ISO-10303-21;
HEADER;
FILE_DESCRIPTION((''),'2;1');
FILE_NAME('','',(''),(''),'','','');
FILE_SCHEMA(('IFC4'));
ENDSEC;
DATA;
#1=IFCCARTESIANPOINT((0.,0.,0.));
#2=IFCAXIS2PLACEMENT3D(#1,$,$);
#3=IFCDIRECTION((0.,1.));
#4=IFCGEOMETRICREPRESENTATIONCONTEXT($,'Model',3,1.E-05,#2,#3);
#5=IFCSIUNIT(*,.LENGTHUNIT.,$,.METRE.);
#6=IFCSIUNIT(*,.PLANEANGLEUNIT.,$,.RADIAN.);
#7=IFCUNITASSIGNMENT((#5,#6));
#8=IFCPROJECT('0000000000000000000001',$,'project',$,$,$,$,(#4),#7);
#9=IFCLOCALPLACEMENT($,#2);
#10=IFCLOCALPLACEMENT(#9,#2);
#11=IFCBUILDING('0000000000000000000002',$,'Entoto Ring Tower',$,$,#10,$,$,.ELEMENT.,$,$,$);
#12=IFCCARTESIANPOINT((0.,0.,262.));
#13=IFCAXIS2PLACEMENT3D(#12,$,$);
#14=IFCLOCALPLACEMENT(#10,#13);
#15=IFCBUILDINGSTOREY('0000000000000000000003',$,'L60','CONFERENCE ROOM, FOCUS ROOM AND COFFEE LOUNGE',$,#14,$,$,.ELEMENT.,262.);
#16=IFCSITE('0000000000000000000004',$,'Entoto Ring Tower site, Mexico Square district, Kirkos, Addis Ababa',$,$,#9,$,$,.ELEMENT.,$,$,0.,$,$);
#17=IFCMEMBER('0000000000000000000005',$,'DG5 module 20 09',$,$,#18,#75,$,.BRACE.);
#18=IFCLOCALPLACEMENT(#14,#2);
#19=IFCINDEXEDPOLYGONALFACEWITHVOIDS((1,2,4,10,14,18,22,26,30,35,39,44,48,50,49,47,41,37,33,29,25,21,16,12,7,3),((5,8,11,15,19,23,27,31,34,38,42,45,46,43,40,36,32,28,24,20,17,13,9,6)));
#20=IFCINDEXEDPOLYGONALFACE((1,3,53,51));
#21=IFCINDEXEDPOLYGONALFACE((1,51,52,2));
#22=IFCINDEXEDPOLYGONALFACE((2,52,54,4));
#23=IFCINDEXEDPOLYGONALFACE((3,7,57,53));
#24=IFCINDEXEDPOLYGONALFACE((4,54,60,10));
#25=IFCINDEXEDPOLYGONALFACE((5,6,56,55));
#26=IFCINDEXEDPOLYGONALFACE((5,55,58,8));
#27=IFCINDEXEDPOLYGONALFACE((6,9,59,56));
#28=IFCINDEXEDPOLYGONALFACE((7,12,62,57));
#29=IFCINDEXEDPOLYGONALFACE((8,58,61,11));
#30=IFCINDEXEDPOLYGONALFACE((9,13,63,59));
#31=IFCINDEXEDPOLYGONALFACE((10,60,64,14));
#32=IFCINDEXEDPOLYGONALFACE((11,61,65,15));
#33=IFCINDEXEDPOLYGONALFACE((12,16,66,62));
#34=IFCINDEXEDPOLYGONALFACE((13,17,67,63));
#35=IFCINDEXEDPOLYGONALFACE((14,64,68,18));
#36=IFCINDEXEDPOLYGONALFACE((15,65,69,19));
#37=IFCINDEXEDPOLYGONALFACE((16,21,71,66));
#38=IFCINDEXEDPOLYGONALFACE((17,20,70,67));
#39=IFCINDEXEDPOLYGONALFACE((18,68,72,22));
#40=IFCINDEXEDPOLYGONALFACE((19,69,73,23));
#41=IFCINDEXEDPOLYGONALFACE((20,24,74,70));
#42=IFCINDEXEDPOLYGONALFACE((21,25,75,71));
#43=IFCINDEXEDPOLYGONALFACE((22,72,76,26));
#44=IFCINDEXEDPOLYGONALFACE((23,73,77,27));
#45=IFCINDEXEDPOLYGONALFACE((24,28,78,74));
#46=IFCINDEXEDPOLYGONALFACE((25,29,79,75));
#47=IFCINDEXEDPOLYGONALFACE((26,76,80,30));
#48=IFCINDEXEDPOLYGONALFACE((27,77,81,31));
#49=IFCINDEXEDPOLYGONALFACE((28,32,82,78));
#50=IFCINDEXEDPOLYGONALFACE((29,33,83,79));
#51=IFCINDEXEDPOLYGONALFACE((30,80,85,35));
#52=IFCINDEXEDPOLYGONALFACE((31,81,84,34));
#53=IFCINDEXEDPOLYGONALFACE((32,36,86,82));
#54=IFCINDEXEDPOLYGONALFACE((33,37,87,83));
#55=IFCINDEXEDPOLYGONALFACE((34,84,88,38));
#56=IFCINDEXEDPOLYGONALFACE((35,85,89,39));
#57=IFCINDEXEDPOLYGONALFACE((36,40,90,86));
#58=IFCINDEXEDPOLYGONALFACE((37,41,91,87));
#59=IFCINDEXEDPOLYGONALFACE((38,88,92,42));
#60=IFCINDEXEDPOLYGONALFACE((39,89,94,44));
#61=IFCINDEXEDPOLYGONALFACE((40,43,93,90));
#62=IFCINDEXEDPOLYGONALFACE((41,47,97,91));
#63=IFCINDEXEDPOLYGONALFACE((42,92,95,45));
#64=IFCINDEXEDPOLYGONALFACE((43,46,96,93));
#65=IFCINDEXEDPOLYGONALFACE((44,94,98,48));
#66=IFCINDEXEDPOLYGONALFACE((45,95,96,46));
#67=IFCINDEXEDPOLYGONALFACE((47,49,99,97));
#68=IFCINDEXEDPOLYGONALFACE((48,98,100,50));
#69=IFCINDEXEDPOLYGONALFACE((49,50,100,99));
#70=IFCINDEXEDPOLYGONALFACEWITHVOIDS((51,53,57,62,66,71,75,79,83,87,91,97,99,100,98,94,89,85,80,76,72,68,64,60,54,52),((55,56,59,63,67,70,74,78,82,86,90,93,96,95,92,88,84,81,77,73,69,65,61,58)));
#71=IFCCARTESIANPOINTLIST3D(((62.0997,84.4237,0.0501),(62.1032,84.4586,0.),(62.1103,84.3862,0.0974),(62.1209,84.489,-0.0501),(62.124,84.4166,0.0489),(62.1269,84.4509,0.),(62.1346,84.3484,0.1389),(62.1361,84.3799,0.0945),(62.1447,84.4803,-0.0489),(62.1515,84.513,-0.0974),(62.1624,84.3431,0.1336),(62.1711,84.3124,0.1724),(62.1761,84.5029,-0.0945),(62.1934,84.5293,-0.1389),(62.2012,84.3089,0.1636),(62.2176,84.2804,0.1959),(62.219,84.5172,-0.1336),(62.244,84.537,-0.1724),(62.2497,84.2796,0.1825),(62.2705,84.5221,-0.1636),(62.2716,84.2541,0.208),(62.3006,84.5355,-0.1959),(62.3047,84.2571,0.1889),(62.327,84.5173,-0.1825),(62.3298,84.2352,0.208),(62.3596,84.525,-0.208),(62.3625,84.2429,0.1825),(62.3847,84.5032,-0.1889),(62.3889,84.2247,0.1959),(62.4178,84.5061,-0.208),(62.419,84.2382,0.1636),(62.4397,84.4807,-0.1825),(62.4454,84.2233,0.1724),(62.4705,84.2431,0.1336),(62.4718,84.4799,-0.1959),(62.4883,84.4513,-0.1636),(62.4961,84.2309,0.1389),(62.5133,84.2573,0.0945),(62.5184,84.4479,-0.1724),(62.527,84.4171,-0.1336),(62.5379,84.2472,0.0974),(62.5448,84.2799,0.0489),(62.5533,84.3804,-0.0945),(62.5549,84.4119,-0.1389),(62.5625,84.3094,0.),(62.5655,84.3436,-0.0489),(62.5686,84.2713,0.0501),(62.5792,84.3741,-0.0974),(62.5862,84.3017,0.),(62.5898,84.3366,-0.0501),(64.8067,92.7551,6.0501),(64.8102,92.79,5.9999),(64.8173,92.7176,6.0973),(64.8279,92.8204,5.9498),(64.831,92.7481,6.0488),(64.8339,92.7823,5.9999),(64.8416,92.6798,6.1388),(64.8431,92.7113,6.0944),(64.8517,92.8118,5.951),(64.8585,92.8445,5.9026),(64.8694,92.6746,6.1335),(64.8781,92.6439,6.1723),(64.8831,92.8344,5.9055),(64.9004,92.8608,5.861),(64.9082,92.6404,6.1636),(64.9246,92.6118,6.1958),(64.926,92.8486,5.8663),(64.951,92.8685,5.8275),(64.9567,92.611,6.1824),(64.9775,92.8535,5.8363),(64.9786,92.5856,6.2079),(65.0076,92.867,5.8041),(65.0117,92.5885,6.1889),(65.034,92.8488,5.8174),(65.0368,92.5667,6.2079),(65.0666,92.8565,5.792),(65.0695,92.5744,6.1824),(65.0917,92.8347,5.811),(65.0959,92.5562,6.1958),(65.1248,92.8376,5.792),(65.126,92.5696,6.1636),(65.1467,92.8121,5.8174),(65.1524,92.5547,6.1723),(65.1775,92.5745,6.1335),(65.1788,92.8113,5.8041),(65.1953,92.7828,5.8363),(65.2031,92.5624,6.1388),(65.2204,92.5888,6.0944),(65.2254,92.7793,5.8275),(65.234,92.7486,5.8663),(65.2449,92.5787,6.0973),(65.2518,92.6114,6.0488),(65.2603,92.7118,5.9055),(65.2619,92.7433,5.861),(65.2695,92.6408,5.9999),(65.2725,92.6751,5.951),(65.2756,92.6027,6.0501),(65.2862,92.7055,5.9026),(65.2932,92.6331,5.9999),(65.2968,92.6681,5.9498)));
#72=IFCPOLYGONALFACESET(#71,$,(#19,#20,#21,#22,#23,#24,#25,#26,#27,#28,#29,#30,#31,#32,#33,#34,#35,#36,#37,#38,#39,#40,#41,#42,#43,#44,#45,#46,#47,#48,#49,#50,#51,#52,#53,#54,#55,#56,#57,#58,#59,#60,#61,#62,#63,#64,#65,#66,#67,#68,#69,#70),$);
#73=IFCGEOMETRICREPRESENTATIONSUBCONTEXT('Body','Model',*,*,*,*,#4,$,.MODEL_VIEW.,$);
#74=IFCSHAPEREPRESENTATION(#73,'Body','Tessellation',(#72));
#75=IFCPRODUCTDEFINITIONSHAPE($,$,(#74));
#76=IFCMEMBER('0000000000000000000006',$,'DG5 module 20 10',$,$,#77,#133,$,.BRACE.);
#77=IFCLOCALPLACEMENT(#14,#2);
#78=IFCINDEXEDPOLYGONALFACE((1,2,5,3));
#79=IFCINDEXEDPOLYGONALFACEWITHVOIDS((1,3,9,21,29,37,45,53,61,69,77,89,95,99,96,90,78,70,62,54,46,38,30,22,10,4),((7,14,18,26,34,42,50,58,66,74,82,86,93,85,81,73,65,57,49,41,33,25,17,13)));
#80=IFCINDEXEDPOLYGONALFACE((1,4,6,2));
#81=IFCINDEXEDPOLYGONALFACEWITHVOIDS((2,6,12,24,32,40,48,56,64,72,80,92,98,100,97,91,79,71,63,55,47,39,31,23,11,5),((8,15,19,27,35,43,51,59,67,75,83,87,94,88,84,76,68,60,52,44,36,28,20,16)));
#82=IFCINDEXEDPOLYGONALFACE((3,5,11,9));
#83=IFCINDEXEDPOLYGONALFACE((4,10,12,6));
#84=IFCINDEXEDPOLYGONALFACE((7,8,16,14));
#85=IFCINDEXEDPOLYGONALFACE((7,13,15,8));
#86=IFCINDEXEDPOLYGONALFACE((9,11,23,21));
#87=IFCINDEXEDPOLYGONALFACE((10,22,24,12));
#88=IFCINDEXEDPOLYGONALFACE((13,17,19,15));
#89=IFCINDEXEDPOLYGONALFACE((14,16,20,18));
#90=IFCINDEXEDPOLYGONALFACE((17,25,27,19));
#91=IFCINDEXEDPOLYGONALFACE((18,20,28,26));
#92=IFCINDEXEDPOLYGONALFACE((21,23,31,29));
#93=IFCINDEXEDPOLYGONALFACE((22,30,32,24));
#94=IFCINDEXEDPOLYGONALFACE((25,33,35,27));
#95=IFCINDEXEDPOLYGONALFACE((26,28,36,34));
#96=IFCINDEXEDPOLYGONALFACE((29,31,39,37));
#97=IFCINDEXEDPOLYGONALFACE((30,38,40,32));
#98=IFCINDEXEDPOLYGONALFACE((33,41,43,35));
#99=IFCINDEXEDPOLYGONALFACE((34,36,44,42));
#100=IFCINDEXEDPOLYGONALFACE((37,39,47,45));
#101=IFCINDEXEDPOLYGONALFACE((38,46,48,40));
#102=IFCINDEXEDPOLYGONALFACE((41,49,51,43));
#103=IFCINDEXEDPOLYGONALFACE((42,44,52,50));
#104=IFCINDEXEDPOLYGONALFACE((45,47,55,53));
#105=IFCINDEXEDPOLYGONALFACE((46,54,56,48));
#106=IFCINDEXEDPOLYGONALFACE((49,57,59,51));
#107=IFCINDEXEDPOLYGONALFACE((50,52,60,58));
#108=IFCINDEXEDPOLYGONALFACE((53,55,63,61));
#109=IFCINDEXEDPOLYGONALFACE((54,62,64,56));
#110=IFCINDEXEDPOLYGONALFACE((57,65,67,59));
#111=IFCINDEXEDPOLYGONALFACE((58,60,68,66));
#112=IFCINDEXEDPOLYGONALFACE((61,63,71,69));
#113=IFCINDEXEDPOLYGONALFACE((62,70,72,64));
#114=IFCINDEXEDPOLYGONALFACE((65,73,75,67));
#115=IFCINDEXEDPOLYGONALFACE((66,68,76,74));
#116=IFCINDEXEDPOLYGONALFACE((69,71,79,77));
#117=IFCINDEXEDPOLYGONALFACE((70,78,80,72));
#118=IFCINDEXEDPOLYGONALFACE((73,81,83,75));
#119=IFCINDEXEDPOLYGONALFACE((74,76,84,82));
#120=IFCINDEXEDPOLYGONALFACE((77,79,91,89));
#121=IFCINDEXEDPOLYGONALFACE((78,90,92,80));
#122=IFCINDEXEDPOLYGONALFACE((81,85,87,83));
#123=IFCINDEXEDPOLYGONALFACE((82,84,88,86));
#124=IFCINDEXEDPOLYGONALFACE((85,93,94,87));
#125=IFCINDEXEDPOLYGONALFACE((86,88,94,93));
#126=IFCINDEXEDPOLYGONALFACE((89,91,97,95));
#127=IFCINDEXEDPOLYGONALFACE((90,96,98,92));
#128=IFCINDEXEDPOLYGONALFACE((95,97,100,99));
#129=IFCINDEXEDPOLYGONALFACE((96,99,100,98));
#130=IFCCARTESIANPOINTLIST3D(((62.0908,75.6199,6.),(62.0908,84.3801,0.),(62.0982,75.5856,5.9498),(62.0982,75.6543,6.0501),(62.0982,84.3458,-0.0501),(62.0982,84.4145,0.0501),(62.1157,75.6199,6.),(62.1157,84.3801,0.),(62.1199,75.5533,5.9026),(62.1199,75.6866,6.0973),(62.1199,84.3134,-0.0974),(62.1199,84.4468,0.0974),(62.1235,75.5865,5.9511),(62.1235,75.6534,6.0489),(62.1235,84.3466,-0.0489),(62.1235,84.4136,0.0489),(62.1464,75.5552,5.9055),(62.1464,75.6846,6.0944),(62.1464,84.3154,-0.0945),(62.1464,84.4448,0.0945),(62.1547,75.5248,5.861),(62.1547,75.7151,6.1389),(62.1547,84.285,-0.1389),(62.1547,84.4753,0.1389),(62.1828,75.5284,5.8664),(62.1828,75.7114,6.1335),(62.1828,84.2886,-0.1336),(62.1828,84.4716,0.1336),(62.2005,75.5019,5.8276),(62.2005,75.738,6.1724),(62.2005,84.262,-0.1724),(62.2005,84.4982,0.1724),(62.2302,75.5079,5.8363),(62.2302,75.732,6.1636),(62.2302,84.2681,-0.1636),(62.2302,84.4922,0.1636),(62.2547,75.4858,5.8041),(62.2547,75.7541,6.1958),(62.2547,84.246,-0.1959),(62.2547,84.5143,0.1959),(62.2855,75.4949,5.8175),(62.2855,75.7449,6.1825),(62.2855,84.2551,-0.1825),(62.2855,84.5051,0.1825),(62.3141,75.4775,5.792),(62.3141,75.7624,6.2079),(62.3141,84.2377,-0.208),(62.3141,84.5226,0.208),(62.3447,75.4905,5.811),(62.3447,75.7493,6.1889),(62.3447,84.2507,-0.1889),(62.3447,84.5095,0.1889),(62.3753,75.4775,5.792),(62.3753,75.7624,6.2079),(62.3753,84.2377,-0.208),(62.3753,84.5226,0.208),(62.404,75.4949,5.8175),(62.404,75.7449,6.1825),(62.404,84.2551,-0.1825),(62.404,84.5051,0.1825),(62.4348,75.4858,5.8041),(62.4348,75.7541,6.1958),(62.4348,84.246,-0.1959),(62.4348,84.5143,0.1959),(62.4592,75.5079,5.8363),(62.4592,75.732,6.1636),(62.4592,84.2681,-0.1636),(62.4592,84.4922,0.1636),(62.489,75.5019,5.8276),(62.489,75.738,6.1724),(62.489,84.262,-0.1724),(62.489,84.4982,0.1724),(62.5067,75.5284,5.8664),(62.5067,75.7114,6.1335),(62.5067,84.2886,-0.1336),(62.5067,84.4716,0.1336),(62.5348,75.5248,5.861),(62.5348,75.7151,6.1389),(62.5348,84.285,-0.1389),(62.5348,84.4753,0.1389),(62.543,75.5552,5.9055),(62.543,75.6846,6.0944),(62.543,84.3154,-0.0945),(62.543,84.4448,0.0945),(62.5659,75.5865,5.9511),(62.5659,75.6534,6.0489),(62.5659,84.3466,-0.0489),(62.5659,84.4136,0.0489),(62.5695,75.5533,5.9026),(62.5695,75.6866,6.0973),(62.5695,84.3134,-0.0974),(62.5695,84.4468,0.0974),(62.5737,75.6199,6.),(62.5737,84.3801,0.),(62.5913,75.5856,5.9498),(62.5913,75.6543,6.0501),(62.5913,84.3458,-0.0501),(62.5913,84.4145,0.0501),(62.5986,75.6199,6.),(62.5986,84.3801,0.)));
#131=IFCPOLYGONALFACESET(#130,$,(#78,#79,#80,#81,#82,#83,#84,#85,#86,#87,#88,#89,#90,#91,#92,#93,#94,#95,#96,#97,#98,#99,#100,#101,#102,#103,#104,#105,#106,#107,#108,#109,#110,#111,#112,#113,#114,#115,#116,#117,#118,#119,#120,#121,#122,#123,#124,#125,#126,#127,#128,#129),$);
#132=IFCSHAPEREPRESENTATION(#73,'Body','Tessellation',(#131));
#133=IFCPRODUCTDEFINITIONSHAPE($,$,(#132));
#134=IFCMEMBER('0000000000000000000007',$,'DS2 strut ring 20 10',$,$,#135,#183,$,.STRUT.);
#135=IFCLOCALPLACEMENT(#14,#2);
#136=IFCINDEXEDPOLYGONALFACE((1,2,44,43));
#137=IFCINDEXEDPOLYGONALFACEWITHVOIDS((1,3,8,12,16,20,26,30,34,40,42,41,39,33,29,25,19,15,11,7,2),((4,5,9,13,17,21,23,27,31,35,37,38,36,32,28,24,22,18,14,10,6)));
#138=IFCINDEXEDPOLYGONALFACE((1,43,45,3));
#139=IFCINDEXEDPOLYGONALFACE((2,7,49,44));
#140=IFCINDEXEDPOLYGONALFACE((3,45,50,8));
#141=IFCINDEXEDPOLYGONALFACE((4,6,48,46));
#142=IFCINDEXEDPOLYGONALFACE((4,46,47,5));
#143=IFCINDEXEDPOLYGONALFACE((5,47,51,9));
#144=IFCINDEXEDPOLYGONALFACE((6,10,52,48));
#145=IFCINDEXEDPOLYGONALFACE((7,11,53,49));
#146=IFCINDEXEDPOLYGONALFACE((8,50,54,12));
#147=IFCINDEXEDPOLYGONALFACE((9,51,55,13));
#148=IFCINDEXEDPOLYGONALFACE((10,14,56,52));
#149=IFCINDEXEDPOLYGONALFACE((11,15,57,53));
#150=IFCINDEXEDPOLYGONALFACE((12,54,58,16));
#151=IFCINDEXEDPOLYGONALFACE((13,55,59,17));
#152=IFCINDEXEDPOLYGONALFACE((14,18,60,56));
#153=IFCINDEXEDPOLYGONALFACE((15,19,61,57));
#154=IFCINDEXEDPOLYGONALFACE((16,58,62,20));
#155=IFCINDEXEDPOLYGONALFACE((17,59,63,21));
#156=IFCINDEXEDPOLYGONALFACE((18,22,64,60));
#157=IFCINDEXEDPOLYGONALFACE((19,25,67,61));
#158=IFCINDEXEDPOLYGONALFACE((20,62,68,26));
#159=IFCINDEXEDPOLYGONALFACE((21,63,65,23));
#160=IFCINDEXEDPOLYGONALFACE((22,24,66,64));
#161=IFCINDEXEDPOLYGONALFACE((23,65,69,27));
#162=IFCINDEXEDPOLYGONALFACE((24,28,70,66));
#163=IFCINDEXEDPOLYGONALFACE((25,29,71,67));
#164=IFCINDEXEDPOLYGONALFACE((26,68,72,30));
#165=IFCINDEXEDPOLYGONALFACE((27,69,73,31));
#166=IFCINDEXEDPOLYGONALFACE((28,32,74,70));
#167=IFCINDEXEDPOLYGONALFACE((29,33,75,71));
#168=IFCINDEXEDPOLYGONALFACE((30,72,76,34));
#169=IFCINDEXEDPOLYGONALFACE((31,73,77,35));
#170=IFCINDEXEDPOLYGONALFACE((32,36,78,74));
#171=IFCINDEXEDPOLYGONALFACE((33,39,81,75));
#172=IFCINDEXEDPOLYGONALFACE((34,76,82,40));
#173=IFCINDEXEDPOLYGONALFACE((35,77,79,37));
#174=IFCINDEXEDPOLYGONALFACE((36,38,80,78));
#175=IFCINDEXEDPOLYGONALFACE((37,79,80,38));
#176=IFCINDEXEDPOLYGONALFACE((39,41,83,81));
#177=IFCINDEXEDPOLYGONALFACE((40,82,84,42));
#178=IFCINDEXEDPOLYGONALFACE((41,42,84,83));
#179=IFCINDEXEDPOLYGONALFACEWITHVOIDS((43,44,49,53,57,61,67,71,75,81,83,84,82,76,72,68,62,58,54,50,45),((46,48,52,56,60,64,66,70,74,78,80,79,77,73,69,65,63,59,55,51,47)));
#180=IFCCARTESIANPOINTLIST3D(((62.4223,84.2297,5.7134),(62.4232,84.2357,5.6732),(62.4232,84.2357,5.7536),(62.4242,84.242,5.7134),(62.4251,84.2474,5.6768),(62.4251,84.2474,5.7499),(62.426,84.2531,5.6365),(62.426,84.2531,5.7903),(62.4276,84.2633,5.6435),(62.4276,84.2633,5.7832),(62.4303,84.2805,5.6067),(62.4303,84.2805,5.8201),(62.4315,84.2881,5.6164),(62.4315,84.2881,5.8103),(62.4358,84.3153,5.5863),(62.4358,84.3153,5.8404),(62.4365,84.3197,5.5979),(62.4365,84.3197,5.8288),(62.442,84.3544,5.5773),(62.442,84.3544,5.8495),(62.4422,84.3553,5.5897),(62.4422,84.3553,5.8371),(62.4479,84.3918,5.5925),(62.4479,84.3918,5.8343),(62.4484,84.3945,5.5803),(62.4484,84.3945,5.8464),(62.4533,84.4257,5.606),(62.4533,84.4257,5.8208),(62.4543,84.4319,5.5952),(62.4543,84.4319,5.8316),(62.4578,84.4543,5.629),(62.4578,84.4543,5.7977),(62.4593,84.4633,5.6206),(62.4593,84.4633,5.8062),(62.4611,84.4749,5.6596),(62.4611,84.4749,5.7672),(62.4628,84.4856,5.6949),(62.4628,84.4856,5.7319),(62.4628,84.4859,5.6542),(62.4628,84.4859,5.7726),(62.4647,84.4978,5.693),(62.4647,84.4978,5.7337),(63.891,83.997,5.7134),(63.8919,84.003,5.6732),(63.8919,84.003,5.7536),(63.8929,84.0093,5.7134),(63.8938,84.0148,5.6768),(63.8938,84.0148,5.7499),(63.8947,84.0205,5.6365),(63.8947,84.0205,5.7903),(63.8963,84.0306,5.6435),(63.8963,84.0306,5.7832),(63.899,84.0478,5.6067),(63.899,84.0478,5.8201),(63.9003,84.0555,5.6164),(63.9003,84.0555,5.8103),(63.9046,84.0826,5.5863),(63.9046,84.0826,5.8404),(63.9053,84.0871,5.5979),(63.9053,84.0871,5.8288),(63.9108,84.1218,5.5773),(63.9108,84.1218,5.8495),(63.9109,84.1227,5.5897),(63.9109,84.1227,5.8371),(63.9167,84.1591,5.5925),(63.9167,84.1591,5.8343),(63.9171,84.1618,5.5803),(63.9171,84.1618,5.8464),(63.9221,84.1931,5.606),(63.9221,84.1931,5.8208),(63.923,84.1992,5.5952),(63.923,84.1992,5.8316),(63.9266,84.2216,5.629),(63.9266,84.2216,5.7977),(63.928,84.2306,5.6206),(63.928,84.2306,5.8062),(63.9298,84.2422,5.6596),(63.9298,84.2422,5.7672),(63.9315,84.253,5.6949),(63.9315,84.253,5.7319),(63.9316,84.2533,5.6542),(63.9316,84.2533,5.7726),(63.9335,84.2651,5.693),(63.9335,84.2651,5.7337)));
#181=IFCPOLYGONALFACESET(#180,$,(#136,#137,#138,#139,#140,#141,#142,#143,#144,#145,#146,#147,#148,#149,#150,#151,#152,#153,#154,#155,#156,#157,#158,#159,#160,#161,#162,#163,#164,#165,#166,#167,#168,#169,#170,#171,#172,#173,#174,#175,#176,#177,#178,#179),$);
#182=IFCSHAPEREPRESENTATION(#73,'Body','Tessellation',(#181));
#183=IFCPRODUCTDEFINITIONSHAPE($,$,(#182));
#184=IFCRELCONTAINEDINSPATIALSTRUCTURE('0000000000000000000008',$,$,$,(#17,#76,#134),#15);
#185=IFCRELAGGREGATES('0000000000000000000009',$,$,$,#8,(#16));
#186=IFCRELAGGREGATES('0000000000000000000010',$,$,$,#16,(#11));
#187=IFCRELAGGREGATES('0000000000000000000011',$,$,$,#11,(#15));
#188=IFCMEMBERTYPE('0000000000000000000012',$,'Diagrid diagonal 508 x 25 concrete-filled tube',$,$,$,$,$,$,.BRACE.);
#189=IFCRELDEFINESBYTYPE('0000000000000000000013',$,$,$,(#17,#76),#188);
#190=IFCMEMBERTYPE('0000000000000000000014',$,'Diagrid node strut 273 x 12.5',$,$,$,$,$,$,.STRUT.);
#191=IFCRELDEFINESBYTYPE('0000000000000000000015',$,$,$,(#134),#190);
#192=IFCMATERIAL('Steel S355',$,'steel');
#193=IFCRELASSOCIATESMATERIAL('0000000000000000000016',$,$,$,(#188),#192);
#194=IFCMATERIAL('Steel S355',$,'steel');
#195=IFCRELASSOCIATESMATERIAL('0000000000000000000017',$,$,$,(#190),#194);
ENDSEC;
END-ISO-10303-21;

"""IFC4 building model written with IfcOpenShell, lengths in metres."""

from ifc_helpers import new_model, si_unit, direction, frame, origin, origin_2d, place, context, subcontext, project, spatial, circle, hollow_circle, extrude, material, material_profile, profile_set, type_object, element, save


model = new_model("IFC4")

# Units and contexts
model_context = context("Model", 3, precision=1e-05, world=origin(), true_north=direction((0.0, 1.0)))
body_context = subcontext(model_context, "Body", "Model", "MODEL_VIEW")
ifc_project = project(units=[si_unit("LENGTHUNIT", "METRE"), si_unit("PLANEANGLEUNIT", "RADIAN")], contexts=[model_context])

# Site, building, storey
site_placement = place(None, origin())
site = spatial("IfcSite", under=ifc_project, at=site_placement, Name="Entoto Ring Tower site, Mexico Square district, Kirkos, Addis Ababa", CompositionType="ELEMENT", RefElevation=0.0)
building_placement = place(site_placement, origin())
building = spatial("IfcBuilding", under=site, at=building_placement, Name="Entoto Ring Tower", CompositionType="ELEMENT")
storey_placement = place(building_placement, frame((0.0, 0.0, 262.0)))
storey = spatial("IfcBuildingStorey", under=building, at=storey_placement, Name="L60", Description="CONFERENCE ROOM, FOCUS ROOM AND COFFEE LOUNGE", CompositionType="ELEMENT", Elevation=262.0)

# Members
ifc_material_1 = material(Name="Steel S355", Category="steel")
ifc_material_profile_1 = material_profile(ifc_material_1, hollow_circle(Radius=0.2539, WallThickness=0.0249, at=origin_2d()), Name="CHS 508 x 25")
ifc_material_2 = material(Name="Concrete C60/75", Category="concrete")
ifc_material_profile_2 = material_profile(ifc_material_2, circle(Radius=0.229, at=origin_2d()), Name="Concrete C60/75 infill")
ifc_profile_set_1 = profile_set([ifc_material_profile_1, ifc_material_profile_2], Name="Steel S355")
member_type_1 = type_object("IfcMemberType", Name="Diagrid diagonal 508 x 25 concrete-filled tube", PredefinedType="BRACE", material=ifc_profile_set_1)
for number, where, z_axis, x_axis, name in (
    (1, (62.3447, 84.3801, 0.0), (0.254947, 0.78466, 0.565076), (-0.951058, 0.309012, 0.0), "DG5 module 20 09"),
    (2, (62.3447, 84.3801, 0.0), (0.0, -0.825038, 0.565078), (1.0, 0.0, 0.0), "DG5 module 20 10"),
):
    element("IfcMember", number, at=place(storey_placement, frame(where, z_axis=z_axis, x_axis=x_axis)), inside=storey, type_object=member_type_1, Name=name, PredefinedType="BRACE", context=body_context, shape_type="SweptSolid", body=[
        extrude(hollow_circle(Radius=0.2539, WallThickness=0.0249, at=origin_2d()), origin(), (0.0, 0.0, 1.0), 10.6179),
    ])
ifc_material_3 = material(Name="Steel S355", Category="steel")
ifc_material_profile_3 = material_profile(ifc_material_3, hollow_circle(Radius=0.1365, WallThickness=0.0125, at=origin_2d()), Name="CHS 273 x 12.5")
ifc_material_4 = material(Name="Concrete C60/75", Category="concrete")
ifc_material_profile_4 = material_profile(ifc_material_4, circle(Radius=0.124, at=origin_2d()), Name="Concrete C60/75 infill")
ifc_profile_set_2 = profile_set([ifc_material_profile_3, ifc_material_profile_4], Name="Steel S355")
member_type_2 = type_object("IfcMemberType", Name="Diagrid node strut 273 x 12.5", PredefinedType="STRUT", material=ifc_profile_set_2)
for number, where, z_axis, x_axis, name in (
    (3, (63.9124, 84.1318, 5.7134), (-0.987684, 0.15646, 0.0), (-0.15646, -0.987684, 0.0), "DS2 strut ring 20 10"),
):
    element("IfcMember", number, at=place(storey_placement, frame(where, z_axis=z_axis, x_axis=x_axis)), inside=storey, type_object=member_type_2, Name=name, PredefinedType="STRUT", context=body_context, shape_type="SweptSolid", body=[
        extrude(hollow_circle(Radius=0.1365, WallThickness=0.0125, at=origin_2d()), origin(), (0.0, 0.0, 1.0), 1.4871),
    ])

save(model, "model.ifc")
